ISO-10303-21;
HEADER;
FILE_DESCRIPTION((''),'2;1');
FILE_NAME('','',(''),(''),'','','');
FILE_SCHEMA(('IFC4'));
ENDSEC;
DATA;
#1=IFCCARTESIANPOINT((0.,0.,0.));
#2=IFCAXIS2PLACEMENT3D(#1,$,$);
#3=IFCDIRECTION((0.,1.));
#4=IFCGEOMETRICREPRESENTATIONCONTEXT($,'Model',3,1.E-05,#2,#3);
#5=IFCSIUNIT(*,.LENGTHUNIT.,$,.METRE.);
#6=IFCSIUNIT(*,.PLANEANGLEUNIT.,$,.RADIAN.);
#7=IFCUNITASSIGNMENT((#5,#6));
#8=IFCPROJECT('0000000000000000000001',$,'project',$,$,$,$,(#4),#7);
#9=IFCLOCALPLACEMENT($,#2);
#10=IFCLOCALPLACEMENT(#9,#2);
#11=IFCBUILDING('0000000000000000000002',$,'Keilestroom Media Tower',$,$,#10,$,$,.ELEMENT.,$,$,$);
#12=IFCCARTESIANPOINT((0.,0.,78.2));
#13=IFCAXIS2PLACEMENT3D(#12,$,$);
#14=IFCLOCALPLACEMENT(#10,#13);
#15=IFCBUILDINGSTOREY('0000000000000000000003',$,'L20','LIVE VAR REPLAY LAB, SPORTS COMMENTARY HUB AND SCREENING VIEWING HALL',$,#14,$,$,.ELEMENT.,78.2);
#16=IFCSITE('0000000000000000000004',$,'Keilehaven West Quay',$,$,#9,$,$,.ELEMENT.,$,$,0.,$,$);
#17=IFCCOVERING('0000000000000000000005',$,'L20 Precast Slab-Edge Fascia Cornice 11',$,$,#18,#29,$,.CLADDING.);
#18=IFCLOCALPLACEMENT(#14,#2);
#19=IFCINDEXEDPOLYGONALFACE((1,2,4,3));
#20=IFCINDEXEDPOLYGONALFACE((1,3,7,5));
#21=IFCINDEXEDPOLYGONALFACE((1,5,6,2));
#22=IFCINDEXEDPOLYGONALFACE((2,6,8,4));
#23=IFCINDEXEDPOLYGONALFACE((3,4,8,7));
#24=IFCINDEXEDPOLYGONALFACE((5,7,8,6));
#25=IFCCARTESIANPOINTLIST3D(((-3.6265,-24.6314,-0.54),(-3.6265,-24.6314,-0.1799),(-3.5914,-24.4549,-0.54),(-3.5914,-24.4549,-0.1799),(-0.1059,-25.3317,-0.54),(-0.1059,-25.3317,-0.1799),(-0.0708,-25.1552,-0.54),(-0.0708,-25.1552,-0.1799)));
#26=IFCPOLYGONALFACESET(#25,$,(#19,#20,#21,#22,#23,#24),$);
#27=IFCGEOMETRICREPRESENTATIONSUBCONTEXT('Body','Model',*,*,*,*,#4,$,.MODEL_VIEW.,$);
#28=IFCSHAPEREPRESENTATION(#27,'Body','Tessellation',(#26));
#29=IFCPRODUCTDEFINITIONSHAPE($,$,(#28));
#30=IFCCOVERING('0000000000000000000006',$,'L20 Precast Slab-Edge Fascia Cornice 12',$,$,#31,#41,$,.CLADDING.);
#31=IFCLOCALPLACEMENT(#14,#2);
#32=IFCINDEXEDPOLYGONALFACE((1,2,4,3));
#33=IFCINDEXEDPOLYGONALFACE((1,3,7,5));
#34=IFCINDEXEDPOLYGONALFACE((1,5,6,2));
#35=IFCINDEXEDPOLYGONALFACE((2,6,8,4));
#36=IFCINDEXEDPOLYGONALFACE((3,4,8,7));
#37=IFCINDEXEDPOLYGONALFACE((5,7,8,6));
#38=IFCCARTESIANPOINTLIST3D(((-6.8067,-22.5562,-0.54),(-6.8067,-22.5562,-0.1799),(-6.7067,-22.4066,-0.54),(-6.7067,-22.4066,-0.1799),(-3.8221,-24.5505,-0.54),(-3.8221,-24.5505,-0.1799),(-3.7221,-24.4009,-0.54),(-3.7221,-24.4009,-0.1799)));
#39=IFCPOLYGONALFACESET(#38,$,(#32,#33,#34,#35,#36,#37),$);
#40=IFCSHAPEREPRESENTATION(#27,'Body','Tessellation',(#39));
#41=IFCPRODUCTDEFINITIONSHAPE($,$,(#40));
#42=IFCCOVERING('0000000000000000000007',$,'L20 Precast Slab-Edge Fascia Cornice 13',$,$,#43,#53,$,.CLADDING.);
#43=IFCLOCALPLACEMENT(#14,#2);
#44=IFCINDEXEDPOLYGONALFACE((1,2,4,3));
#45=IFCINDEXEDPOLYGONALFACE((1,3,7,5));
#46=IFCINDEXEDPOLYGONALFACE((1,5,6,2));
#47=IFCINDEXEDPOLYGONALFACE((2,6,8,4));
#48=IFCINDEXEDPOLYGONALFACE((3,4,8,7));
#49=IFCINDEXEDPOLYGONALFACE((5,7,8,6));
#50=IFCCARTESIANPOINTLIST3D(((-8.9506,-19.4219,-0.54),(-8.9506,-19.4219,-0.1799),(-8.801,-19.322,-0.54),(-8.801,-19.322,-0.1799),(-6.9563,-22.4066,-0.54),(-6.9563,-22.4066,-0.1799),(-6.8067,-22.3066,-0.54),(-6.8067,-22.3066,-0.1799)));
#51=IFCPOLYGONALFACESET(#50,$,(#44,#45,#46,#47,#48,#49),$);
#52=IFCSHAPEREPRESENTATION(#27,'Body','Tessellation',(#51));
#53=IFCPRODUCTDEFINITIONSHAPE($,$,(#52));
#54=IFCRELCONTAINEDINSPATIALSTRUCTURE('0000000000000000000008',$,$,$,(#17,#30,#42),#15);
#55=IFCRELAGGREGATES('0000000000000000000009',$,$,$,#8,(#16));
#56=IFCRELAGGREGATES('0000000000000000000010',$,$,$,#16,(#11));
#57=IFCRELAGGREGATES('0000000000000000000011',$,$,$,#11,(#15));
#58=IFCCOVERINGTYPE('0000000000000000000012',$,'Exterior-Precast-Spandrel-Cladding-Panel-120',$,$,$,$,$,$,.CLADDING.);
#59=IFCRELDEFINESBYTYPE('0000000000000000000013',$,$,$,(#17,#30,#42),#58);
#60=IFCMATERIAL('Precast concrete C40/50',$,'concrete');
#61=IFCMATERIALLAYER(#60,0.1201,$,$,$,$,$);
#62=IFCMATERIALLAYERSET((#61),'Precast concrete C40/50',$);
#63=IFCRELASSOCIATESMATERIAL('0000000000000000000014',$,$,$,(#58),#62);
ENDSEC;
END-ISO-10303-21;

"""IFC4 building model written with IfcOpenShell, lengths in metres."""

from ifc_helpers import new_model, si_unit, direction, frame, origin, origin_2d, place, context, subcontext, project, spatial, rectangle, extrude, source, transform, mapped, material, layer, layer_set, type_object, element, save


model = new_model("IFC4")

# Units and contexts
model_context = context("Model", 3, precision=1e-05, world=origin(), true_north=direction((0.0, 1.0)))
body_context = subcontext(model_context, "Body", "Model", "MODEL_VIEW")
ifc_project = project(units=[si_unit("LENGTHUNIT", "METRE"), si_unit("PLANEANGLEUNIT", "RADIAN")], contexts=[model_context])

# Site, building, storey
site_placement = place(None, origin())
site = spatial("IfcSite", under=ifc_project, at=site_placement, Name="Keilehaven West Quay", CompositionType="ELEMENT", RefElevation=0.0)
building_placement = place(site_placement, origin())
building = spatial("IfcBuilding", under=site, at=building_placement, Name="Keilestroom Media Tower", CompositionType="ELEMENT")
storey_placement = place(building_placement, frame((0.0, 0.0, 78.2)))
storey = spatial("IfcBuildingStorey", under=building, at=storey_placement, Name="L20", Description="LIVE VAR REPLAY LAB, SPORTS COMMENTARY HUB AND SCREENING VIEWING HALL", CompositionType="ELEMENT", Elevation=78.2)

# Shared definitions
ifc_material_1 = material(Name="Precast concrete C40/50", Category="concrete")

# Coverings
ifc_layer_1 = layer(ifc_material_1, 0.1201)
ifc_layer_set_1 = layer_set([ifc_layer_1], Name="Precast concrete C40/50")
covering_type = type_object("IfcCoveringType", Name="Exterior-Precast-Spandrel-Cladding-Panel-120", PredefinedType="CLADDING", material=ifc_layer_set_1)
shared_shape_1 = source(origin(), body_context, "Body", "SweptSolid", [
    extrude(rectangle(XDim=3.5896, YDim=0.1799, at=origin_2d()), origin(), (0.0, 0.0, 1.0), 0.3601),
])
for number, where, z_axis, x_axis, name in (
    (1, (-1.8486, -24.8933, -0.54), (0.0, 0.0, 1.0), (-0.980784, 0.195099, 0.0), "L20 Precast Slab-Edge Fascia Cornice 11"),
    (2, (-5.2644, -23.4785, -0.54), (0.0, 0.0, 1.0), (-0.831467, 0.555575, 0.0), "L20 Precast Slab-Edge Fascia Cornice 12"),
    (3, (-7.8787, -20.8643, -0.54), (0.0, 0.0, 1.0), (-0.555575, 0.831467, 0.0), "L20 Precast Slab-Edge Fascia Cornice 13"),
):
    element("IfcCovering", number, at=place(storey_placement, frame(where, z_axis=z_axis, x_axis=x_axis)), inside=storey, type_object=covering_type, Name=name, PredefinedType="CLADDING", context=body_context, shape_type="MappedRepresentation", body=[
        mapped(shared_shape_1, transform((0.0, 0.0, 0.0), x_axis=(1.0, 0.0, 0.0), y_axis=(0.0, 1.0, 0.0), z_axis=(0.0, 0.0, 1.0), scale=1.0)),
    ])

save(model, "model.ifc")
